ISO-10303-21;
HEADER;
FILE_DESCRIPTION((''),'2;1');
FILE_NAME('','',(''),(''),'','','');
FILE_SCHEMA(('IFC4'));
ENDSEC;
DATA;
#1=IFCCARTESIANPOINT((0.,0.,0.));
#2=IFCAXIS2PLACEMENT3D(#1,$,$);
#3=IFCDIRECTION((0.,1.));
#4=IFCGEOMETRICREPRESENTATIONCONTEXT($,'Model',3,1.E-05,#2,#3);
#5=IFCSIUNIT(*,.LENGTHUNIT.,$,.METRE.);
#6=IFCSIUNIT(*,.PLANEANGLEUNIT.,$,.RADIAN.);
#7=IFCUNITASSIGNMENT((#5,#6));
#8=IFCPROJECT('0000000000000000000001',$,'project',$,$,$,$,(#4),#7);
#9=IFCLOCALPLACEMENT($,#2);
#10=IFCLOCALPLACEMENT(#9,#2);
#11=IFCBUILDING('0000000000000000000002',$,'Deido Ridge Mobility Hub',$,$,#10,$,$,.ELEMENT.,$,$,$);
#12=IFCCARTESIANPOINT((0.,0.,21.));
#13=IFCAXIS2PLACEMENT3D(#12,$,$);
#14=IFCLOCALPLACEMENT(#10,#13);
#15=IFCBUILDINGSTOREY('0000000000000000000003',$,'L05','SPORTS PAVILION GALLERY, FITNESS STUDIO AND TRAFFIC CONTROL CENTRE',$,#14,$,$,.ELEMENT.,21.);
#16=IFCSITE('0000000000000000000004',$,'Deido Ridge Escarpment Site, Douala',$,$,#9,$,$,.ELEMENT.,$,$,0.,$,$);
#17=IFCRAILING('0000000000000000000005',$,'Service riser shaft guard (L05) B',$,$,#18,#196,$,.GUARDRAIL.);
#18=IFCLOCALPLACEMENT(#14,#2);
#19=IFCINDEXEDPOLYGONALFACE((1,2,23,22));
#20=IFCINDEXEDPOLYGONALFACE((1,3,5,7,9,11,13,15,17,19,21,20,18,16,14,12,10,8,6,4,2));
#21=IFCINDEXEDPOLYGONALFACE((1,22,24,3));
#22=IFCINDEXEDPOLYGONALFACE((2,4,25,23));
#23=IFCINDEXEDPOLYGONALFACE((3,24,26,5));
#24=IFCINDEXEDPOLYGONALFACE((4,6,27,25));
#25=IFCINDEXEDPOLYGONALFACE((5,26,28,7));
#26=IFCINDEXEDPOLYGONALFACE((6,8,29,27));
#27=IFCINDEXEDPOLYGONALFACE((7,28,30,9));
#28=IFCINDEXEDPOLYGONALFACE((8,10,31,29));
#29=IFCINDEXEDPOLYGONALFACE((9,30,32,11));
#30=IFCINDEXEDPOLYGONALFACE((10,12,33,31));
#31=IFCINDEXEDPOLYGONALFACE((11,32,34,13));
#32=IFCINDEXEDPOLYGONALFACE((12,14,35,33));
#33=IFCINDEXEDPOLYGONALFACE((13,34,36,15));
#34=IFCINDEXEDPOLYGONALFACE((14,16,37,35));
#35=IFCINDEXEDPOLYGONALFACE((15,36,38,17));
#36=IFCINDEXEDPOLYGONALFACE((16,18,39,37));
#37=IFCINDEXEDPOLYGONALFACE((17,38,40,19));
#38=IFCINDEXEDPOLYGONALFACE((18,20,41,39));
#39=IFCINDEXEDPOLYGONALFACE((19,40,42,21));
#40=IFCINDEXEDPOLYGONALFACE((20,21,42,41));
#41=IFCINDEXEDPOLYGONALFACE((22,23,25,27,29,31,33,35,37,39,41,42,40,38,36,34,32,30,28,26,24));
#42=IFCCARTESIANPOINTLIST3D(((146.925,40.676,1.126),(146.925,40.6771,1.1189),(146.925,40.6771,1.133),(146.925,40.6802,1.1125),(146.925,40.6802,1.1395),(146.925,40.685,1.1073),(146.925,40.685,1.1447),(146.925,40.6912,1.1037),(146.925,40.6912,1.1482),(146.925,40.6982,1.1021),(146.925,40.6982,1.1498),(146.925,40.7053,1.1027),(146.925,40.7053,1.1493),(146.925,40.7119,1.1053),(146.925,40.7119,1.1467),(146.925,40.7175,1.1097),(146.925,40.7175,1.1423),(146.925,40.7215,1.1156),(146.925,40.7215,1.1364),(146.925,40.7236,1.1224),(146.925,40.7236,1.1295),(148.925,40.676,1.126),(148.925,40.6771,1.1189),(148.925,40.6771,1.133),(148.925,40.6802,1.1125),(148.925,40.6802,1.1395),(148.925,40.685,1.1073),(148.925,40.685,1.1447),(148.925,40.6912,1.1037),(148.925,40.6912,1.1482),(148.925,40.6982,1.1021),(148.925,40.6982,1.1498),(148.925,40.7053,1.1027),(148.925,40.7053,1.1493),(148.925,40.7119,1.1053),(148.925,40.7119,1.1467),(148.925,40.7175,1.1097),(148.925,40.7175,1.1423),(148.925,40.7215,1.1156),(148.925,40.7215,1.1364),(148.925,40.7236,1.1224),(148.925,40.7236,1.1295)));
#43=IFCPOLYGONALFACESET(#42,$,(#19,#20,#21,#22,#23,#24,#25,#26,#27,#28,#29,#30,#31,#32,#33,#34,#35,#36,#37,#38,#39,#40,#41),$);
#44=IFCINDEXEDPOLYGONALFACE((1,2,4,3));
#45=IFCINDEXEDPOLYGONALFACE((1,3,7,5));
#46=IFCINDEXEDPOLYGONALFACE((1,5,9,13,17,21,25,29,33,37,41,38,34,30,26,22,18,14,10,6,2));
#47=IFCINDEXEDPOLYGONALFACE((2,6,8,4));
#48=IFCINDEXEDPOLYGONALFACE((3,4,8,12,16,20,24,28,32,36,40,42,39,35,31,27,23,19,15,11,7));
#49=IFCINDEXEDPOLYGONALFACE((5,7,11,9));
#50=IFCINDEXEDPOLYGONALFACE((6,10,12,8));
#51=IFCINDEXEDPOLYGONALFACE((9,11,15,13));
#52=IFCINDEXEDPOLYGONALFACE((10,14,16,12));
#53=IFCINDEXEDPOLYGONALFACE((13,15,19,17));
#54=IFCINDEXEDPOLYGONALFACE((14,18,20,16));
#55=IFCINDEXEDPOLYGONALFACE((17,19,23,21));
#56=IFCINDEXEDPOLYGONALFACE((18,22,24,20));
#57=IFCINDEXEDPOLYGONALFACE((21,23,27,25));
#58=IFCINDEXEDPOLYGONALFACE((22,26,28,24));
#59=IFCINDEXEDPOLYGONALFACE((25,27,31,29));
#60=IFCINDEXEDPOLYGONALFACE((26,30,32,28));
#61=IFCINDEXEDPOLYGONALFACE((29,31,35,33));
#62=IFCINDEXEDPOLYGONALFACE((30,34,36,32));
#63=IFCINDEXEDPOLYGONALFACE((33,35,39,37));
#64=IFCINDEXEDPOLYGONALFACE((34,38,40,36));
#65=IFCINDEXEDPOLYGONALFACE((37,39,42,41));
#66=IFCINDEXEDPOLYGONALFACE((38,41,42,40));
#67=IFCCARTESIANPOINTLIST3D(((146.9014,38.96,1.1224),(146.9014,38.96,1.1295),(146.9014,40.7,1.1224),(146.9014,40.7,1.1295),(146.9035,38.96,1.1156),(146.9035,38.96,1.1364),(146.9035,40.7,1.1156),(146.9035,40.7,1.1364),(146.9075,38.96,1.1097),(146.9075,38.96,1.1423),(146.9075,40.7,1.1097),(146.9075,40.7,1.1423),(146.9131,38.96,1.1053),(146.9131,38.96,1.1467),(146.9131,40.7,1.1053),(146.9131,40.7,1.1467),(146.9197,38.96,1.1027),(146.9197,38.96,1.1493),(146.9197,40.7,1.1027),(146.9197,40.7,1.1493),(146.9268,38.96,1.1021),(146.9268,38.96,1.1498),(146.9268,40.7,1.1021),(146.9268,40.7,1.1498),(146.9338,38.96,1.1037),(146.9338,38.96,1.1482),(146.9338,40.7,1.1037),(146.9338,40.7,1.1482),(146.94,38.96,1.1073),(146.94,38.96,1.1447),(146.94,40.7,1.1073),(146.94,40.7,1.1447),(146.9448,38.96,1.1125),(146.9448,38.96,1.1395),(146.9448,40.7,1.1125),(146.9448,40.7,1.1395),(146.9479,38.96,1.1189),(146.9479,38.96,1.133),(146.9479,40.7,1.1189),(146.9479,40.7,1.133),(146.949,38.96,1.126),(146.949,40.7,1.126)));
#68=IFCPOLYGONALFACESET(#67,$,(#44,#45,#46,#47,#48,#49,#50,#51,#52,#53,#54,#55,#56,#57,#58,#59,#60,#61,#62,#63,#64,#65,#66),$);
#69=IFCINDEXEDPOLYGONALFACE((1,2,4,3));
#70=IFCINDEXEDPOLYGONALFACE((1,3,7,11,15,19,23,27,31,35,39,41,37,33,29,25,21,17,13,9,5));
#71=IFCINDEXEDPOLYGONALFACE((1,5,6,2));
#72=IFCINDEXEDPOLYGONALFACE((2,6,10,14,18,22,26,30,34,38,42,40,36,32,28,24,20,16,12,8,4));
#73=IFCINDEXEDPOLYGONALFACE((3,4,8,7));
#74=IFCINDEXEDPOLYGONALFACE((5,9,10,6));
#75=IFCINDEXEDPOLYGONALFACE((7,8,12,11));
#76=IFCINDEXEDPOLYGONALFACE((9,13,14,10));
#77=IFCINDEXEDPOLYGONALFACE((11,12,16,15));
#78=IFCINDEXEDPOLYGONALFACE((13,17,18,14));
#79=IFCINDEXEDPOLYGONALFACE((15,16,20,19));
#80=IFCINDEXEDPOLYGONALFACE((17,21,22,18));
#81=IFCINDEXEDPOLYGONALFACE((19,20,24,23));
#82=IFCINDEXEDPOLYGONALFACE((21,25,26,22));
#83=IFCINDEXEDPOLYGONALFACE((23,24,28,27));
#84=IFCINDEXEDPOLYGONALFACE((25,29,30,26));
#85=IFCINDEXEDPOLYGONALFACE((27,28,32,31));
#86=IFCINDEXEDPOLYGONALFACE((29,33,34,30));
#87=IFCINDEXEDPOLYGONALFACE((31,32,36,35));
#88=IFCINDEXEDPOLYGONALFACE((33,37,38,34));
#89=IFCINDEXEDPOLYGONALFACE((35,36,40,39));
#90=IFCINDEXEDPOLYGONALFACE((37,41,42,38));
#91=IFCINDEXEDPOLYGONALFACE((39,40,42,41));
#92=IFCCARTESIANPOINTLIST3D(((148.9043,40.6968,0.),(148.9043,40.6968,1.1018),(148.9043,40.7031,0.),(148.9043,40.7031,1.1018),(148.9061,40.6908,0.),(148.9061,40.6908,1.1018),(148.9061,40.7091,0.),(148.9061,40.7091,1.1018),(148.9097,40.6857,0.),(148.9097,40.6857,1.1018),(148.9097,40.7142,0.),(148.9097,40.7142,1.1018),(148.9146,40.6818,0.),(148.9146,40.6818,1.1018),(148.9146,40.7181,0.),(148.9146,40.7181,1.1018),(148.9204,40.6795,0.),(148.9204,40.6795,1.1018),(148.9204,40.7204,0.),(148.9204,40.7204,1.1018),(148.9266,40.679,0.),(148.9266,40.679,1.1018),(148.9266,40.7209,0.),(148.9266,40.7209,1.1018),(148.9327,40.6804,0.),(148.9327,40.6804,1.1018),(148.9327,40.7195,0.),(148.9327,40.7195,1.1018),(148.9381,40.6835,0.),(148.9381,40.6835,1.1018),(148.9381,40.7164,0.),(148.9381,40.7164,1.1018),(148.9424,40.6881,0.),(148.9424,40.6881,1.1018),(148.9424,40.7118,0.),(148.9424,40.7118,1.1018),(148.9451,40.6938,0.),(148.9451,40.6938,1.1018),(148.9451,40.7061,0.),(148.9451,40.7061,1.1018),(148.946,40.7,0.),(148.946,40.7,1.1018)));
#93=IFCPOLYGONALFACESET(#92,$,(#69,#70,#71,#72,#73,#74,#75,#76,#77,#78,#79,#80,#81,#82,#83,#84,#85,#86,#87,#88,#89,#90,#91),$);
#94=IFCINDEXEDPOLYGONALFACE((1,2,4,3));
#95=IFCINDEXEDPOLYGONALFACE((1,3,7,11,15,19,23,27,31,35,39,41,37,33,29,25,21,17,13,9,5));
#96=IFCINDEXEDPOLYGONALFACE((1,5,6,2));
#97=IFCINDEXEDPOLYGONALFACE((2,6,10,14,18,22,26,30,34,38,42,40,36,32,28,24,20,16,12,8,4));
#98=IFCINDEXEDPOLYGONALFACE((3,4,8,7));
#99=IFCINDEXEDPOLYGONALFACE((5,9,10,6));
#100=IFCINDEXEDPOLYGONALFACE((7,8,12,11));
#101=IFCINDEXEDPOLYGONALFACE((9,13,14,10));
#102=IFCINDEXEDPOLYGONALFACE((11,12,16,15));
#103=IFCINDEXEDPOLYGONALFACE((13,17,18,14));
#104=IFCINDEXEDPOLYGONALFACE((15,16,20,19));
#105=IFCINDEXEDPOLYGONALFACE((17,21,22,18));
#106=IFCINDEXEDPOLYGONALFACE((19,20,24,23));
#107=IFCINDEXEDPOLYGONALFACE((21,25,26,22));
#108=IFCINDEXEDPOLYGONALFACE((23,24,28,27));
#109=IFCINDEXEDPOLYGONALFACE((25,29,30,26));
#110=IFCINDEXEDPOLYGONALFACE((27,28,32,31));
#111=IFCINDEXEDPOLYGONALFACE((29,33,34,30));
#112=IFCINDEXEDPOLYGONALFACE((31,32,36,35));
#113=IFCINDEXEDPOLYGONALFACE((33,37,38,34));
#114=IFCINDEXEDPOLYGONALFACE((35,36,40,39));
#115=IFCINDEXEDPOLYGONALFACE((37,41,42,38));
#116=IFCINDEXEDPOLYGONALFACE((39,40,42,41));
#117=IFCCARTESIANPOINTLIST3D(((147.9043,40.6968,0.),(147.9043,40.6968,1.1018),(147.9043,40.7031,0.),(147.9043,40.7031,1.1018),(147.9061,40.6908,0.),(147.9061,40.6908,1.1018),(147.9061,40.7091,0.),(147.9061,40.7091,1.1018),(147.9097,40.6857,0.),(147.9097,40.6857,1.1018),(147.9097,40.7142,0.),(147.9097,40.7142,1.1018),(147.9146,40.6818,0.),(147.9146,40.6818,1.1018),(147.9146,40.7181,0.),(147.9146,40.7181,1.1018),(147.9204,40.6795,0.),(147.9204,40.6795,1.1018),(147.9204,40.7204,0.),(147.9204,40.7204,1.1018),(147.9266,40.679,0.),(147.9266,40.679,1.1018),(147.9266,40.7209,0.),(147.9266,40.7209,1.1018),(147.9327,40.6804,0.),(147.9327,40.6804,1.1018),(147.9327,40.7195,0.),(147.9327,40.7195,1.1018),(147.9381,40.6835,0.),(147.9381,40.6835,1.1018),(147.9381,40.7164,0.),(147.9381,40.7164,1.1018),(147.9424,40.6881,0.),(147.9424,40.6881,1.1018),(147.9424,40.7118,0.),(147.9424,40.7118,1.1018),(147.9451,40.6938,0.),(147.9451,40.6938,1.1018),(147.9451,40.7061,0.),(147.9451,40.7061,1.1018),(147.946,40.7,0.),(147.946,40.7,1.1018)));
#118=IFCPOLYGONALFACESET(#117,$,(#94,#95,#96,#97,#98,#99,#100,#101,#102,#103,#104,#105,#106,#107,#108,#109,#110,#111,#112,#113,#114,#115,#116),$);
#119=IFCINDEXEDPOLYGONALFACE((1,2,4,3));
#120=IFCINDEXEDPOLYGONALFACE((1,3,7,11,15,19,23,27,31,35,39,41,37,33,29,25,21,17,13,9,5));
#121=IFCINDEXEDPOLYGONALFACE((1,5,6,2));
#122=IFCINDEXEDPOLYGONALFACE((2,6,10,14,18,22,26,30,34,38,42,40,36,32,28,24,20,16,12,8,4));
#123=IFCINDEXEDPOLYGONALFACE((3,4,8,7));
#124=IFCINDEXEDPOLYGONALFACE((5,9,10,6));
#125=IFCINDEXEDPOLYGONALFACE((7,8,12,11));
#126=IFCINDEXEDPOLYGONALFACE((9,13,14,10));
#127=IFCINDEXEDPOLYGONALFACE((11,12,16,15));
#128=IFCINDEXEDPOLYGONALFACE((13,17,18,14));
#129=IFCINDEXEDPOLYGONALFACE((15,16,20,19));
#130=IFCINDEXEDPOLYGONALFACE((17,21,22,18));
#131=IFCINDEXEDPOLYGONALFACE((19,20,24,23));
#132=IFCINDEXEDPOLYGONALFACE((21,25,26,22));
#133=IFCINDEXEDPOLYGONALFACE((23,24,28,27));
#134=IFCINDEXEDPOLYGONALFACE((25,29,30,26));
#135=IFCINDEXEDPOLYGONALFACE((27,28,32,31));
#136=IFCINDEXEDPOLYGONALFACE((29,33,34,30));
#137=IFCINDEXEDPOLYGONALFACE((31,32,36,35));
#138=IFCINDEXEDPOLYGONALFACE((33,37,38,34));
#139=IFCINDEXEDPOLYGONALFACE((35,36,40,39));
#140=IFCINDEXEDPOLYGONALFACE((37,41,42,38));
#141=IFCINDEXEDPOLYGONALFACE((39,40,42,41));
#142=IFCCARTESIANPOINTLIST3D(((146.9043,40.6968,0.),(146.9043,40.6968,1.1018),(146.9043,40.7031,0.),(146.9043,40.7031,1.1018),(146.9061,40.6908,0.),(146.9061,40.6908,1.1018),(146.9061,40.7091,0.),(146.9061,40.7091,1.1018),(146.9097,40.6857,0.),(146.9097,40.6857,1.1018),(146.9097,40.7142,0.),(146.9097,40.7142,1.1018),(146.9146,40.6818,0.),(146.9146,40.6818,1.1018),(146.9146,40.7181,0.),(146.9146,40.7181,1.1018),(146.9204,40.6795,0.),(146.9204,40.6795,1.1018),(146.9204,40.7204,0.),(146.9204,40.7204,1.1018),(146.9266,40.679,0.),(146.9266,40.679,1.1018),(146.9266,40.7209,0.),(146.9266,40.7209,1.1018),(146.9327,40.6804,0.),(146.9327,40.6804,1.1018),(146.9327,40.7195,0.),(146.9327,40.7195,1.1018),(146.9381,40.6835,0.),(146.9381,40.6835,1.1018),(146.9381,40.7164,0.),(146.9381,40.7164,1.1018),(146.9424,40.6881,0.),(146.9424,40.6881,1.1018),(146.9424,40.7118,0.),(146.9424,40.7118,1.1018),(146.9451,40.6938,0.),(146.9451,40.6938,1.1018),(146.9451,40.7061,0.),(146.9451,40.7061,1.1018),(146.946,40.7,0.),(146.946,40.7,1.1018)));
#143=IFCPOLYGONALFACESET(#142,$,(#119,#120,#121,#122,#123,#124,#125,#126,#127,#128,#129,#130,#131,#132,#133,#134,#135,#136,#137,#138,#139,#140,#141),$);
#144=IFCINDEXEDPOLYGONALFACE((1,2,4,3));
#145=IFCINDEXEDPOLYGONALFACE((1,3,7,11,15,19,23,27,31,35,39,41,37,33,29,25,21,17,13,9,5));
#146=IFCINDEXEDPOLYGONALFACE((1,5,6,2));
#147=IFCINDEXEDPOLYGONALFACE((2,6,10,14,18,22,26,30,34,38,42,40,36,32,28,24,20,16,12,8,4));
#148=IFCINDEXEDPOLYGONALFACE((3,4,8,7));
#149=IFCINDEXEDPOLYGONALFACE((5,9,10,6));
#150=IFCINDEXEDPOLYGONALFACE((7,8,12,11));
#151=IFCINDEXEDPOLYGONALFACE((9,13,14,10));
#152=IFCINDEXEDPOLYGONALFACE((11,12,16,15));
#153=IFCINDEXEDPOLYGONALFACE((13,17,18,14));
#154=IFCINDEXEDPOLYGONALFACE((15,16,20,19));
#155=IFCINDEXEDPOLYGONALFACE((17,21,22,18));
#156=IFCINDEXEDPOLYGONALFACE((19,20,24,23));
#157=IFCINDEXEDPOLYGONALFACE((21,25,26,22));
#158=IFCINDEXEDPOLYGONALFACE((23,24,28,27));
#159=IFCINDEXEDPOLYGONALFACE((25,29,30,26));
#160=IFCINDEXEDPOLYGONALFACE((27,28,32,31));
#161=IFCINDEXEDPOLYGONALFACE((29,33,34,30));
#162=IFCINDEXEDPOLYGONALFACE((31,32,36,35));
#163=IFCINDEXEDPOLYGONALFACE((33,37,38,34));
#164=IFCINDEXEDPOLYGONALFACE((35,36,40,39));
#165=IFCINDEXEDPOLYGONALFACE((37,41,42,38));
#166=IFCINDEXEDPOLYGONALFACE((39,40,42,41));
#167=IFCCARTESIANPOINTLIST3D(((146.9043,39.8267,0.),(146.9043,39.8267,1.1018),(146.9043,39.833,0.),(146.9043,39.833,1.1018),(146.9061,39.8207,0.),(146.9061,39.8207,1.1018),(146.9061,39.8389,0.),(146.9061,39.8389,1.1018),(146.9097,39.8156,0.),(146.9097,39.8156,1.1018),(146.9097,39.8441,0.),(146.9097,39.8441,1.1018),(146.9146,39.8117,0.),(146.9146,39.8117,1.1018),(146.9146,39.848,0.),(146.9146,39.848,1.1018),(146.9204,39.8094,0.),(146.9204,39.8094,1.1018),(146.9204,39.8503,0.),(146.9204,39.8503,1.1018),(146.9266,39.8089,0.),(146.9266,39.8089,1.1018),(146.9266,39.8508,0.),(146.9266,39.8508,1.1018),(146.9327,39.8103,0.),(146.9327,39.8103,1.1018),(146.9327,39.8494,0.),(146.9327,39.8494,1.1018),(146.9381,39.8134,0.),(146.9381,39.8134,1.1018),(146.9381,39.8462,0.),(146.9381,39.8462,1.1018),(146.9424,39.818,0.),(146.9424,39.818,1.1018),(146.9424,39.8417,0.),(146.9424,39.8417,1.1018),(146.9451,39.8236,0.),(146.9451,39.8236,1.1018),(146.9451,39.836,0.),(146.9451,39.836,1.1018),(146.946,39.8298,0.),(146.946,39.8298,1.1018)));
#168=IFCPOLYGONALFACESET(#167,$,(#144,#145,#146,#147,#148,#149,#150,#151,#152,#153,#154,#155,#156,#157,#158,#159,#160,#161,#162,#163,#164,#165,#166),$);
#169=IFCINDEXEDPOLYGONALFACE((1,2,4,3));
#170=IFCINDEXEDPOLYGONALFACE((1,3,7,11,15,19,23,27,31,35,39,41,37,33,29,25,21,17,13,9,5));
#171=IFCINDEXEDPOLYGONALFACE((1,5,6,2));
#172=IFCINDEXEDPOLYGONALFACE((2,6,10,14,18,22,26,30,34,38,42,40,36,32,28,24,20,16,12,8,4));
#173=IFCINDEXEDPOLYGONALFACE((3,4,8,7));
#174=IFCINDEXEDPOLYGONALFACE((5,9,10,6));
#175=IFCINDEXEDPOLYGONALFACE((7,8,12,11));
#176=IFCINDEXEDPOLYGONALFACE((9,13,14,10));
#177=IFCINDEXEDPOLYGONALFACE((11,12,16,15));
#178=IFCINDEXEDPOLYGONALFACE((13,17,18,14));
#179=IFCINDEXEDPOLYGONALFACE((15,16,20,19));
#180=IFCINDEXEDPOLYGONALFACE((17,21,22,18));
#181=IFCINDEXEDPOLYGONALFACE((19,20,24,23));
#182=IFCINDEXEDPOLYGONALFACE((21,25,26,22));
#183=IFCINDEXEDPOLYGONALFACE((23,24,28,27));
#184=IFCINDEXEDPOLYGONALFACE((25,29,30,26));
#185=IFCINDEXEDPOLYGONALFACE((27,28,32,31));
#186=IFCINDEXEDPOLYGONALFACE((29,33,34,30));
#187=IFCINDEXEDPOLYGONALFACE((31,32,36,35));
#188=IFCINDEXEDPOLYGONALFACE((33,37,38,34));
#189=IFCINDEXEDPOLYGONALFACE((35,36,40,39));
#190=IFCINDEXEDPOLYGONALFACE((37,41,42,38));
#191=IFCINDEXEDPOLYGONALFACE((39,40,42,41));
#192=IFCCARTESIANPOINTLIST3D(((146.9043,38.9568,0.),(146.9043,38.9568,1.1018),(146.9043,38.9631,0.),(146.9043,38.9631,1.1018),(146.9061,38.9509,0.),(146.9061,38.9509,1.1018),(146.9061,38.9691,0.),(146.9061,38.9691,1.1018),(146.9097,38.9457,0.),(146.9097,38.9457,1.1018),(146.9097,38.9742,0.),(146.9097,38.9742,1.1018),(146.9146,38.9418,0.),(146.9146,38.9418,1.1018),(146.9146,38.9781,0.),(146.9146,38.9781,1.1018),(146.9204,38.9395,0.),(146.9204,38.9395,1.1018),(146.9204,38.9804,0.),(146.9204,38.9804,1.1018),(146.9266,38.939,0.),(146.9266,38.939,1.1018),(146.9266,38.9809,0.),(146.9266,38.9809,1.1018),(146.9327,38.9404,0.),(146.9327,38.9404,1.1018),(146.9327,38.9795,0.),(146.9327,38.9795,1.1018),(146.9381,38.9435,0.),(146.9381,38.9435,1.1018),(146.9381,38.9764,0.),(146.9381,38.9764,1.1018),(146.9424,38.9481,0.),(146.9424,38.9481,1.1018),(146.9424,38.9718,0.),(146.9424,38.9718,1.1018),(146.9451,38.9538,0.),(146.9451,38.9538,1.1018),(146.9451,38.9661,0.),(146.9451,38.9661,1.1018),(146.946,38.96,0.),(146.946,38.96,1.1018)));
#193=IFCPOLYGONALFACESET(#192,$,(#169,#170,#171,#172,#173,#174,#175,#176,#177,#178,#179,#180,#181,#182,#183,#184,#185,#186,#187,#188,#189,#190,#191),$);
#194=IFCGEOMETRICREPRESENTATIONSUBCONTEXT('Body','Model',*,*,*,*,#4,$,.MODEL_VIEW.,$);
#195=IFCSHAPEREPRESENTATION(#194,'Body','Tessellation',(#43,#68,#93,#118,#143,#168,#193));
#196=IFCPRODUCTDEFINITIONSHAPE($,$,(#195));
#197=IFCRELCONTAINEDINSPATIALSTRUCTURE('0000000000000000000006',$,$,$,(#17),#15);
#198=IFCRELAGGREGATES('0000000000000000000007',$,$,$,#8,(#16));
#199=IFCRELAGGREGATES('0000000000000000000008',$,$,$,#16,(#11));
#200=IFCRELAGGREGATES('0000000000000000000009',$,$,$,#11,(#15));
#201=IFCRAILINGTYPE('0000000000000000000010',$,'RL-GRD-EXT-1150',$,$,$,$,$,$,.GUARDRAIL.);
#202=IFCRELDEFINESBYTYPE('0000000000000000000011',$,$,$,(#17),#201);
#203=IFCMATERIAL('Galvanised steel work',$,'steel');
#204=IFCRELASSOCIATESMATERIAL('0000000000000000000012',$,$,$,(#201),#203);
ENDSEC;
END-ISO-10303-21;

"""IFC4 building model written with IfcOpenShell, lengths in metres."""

from ifc_helpers import new_model, si_unit, direction, frame, origin, origin_2d, place, context, subcontext, project, spatial, circle, extrude, material, type_object, element, save


model = new_model("IFC4")

# Units and contexts
model_context = context("Model", 3, precision=1e-05, world=origin(), true_north=direction((0.0, 1.0)))
body_context = subcontext(model_context, "Body", "Model", "MODEL_VIEW")
ifc_project = project(units=[si_unit("LENGTHUNIT", "METRE"), si_unit("PLANEANGLEUNIT", "RADIAN")], contexts=[model_context])

# Site, building, storey
site_placement = place(None, origin())
site = spatial("IfcSite", under=ifc_project, at=site_placement, Name="Deido Ridge Escarpment Site, Douala", CompositionType="ELEMENT", RefElevation=0.0)
building_placement = place(site_placement, origin())
building = spatial("IfcBuilding", under=site, at=building_placement, Name="Deido Ridge Mobility Hub", CompositionType="ELEMENT")
storey_placement = place(building_placement, frame((0.0, 0.0, 21.0)))
storey = spatial("IfcBuildingStorey", under=building, at=storey_placement, Name="L05", Description="SPORTS PAVILION GALLERY, FITNESS STUDIO AND TRAFFIC CONTROL CENTRE", CompositionType="ELEMENT", Elevation=21.0)

# Railing
ifc_material_1 = material(Name="Galvanised steel work", Category="steel")
railing_type = type_object("IfcRailingType", Name="RL-GRD-EXT-1150", PredefinedType="GUARDRAIL", material=ifc_material_1)
railing_1_placement = place(storey_placement, frame((148.925, 40.7, 0.0)))
element("IfcRailing", 1, at=railing_1_placement, inside=storey, type_object=railing_type, Name="Service riser shaft guard (L05) B", PredefinedType="GUARDRAIL", context=body_context, shape_type="SweptSolid", body=[
    extrude(circle(Radius=0.0239, at=origin_2d()), frame((0.0, 0.0, 1.126), z_axis=(-1.0, 0.0, 0.0), x_axis=(0.0, -1.0, 0.0)), (0.0, 0.0, 1.0), 2.0),
    extrude(circle(Radius=0.0239, at=origin_2d()), frame((-2.0, 0.0, 1.126), z_axis=(0.0, -1.0, 0.0), x_axis=(1.0, 0.0, 0.0)), (0.0, 0.0, 1.0), 1.74),
    extrude(circle(Radius=0.021, at=origin_2d()), origin(), (0.0, 0.0, 1.0), 1.1018),
    extrude(circle(Radius=0.021, at=origin_2d()), frame((-1.0, 0.0, 0.0)), (0.0, 0.0, 1.0), 1.1018),
    extrude(circle(Radius=0.021, at=origin_2d()), frame((-2.0, 0.0, 0.0)), (0.0, 0.0, 1.0), 1.1018),
    extrude(circle(Radius=0.021, at=origin_2d()), frame((-2.0, -0.8701, 0.0)), (0.0, 0.0, 1.0), 1.1018),
    extrude(circle(Radius=0.021, at=origin_2d()), frame((-2.0, -1.74, 0.0)), (0.0, 0.0, 1.0), 1.1018),
])

save(model, "model.ifc")
